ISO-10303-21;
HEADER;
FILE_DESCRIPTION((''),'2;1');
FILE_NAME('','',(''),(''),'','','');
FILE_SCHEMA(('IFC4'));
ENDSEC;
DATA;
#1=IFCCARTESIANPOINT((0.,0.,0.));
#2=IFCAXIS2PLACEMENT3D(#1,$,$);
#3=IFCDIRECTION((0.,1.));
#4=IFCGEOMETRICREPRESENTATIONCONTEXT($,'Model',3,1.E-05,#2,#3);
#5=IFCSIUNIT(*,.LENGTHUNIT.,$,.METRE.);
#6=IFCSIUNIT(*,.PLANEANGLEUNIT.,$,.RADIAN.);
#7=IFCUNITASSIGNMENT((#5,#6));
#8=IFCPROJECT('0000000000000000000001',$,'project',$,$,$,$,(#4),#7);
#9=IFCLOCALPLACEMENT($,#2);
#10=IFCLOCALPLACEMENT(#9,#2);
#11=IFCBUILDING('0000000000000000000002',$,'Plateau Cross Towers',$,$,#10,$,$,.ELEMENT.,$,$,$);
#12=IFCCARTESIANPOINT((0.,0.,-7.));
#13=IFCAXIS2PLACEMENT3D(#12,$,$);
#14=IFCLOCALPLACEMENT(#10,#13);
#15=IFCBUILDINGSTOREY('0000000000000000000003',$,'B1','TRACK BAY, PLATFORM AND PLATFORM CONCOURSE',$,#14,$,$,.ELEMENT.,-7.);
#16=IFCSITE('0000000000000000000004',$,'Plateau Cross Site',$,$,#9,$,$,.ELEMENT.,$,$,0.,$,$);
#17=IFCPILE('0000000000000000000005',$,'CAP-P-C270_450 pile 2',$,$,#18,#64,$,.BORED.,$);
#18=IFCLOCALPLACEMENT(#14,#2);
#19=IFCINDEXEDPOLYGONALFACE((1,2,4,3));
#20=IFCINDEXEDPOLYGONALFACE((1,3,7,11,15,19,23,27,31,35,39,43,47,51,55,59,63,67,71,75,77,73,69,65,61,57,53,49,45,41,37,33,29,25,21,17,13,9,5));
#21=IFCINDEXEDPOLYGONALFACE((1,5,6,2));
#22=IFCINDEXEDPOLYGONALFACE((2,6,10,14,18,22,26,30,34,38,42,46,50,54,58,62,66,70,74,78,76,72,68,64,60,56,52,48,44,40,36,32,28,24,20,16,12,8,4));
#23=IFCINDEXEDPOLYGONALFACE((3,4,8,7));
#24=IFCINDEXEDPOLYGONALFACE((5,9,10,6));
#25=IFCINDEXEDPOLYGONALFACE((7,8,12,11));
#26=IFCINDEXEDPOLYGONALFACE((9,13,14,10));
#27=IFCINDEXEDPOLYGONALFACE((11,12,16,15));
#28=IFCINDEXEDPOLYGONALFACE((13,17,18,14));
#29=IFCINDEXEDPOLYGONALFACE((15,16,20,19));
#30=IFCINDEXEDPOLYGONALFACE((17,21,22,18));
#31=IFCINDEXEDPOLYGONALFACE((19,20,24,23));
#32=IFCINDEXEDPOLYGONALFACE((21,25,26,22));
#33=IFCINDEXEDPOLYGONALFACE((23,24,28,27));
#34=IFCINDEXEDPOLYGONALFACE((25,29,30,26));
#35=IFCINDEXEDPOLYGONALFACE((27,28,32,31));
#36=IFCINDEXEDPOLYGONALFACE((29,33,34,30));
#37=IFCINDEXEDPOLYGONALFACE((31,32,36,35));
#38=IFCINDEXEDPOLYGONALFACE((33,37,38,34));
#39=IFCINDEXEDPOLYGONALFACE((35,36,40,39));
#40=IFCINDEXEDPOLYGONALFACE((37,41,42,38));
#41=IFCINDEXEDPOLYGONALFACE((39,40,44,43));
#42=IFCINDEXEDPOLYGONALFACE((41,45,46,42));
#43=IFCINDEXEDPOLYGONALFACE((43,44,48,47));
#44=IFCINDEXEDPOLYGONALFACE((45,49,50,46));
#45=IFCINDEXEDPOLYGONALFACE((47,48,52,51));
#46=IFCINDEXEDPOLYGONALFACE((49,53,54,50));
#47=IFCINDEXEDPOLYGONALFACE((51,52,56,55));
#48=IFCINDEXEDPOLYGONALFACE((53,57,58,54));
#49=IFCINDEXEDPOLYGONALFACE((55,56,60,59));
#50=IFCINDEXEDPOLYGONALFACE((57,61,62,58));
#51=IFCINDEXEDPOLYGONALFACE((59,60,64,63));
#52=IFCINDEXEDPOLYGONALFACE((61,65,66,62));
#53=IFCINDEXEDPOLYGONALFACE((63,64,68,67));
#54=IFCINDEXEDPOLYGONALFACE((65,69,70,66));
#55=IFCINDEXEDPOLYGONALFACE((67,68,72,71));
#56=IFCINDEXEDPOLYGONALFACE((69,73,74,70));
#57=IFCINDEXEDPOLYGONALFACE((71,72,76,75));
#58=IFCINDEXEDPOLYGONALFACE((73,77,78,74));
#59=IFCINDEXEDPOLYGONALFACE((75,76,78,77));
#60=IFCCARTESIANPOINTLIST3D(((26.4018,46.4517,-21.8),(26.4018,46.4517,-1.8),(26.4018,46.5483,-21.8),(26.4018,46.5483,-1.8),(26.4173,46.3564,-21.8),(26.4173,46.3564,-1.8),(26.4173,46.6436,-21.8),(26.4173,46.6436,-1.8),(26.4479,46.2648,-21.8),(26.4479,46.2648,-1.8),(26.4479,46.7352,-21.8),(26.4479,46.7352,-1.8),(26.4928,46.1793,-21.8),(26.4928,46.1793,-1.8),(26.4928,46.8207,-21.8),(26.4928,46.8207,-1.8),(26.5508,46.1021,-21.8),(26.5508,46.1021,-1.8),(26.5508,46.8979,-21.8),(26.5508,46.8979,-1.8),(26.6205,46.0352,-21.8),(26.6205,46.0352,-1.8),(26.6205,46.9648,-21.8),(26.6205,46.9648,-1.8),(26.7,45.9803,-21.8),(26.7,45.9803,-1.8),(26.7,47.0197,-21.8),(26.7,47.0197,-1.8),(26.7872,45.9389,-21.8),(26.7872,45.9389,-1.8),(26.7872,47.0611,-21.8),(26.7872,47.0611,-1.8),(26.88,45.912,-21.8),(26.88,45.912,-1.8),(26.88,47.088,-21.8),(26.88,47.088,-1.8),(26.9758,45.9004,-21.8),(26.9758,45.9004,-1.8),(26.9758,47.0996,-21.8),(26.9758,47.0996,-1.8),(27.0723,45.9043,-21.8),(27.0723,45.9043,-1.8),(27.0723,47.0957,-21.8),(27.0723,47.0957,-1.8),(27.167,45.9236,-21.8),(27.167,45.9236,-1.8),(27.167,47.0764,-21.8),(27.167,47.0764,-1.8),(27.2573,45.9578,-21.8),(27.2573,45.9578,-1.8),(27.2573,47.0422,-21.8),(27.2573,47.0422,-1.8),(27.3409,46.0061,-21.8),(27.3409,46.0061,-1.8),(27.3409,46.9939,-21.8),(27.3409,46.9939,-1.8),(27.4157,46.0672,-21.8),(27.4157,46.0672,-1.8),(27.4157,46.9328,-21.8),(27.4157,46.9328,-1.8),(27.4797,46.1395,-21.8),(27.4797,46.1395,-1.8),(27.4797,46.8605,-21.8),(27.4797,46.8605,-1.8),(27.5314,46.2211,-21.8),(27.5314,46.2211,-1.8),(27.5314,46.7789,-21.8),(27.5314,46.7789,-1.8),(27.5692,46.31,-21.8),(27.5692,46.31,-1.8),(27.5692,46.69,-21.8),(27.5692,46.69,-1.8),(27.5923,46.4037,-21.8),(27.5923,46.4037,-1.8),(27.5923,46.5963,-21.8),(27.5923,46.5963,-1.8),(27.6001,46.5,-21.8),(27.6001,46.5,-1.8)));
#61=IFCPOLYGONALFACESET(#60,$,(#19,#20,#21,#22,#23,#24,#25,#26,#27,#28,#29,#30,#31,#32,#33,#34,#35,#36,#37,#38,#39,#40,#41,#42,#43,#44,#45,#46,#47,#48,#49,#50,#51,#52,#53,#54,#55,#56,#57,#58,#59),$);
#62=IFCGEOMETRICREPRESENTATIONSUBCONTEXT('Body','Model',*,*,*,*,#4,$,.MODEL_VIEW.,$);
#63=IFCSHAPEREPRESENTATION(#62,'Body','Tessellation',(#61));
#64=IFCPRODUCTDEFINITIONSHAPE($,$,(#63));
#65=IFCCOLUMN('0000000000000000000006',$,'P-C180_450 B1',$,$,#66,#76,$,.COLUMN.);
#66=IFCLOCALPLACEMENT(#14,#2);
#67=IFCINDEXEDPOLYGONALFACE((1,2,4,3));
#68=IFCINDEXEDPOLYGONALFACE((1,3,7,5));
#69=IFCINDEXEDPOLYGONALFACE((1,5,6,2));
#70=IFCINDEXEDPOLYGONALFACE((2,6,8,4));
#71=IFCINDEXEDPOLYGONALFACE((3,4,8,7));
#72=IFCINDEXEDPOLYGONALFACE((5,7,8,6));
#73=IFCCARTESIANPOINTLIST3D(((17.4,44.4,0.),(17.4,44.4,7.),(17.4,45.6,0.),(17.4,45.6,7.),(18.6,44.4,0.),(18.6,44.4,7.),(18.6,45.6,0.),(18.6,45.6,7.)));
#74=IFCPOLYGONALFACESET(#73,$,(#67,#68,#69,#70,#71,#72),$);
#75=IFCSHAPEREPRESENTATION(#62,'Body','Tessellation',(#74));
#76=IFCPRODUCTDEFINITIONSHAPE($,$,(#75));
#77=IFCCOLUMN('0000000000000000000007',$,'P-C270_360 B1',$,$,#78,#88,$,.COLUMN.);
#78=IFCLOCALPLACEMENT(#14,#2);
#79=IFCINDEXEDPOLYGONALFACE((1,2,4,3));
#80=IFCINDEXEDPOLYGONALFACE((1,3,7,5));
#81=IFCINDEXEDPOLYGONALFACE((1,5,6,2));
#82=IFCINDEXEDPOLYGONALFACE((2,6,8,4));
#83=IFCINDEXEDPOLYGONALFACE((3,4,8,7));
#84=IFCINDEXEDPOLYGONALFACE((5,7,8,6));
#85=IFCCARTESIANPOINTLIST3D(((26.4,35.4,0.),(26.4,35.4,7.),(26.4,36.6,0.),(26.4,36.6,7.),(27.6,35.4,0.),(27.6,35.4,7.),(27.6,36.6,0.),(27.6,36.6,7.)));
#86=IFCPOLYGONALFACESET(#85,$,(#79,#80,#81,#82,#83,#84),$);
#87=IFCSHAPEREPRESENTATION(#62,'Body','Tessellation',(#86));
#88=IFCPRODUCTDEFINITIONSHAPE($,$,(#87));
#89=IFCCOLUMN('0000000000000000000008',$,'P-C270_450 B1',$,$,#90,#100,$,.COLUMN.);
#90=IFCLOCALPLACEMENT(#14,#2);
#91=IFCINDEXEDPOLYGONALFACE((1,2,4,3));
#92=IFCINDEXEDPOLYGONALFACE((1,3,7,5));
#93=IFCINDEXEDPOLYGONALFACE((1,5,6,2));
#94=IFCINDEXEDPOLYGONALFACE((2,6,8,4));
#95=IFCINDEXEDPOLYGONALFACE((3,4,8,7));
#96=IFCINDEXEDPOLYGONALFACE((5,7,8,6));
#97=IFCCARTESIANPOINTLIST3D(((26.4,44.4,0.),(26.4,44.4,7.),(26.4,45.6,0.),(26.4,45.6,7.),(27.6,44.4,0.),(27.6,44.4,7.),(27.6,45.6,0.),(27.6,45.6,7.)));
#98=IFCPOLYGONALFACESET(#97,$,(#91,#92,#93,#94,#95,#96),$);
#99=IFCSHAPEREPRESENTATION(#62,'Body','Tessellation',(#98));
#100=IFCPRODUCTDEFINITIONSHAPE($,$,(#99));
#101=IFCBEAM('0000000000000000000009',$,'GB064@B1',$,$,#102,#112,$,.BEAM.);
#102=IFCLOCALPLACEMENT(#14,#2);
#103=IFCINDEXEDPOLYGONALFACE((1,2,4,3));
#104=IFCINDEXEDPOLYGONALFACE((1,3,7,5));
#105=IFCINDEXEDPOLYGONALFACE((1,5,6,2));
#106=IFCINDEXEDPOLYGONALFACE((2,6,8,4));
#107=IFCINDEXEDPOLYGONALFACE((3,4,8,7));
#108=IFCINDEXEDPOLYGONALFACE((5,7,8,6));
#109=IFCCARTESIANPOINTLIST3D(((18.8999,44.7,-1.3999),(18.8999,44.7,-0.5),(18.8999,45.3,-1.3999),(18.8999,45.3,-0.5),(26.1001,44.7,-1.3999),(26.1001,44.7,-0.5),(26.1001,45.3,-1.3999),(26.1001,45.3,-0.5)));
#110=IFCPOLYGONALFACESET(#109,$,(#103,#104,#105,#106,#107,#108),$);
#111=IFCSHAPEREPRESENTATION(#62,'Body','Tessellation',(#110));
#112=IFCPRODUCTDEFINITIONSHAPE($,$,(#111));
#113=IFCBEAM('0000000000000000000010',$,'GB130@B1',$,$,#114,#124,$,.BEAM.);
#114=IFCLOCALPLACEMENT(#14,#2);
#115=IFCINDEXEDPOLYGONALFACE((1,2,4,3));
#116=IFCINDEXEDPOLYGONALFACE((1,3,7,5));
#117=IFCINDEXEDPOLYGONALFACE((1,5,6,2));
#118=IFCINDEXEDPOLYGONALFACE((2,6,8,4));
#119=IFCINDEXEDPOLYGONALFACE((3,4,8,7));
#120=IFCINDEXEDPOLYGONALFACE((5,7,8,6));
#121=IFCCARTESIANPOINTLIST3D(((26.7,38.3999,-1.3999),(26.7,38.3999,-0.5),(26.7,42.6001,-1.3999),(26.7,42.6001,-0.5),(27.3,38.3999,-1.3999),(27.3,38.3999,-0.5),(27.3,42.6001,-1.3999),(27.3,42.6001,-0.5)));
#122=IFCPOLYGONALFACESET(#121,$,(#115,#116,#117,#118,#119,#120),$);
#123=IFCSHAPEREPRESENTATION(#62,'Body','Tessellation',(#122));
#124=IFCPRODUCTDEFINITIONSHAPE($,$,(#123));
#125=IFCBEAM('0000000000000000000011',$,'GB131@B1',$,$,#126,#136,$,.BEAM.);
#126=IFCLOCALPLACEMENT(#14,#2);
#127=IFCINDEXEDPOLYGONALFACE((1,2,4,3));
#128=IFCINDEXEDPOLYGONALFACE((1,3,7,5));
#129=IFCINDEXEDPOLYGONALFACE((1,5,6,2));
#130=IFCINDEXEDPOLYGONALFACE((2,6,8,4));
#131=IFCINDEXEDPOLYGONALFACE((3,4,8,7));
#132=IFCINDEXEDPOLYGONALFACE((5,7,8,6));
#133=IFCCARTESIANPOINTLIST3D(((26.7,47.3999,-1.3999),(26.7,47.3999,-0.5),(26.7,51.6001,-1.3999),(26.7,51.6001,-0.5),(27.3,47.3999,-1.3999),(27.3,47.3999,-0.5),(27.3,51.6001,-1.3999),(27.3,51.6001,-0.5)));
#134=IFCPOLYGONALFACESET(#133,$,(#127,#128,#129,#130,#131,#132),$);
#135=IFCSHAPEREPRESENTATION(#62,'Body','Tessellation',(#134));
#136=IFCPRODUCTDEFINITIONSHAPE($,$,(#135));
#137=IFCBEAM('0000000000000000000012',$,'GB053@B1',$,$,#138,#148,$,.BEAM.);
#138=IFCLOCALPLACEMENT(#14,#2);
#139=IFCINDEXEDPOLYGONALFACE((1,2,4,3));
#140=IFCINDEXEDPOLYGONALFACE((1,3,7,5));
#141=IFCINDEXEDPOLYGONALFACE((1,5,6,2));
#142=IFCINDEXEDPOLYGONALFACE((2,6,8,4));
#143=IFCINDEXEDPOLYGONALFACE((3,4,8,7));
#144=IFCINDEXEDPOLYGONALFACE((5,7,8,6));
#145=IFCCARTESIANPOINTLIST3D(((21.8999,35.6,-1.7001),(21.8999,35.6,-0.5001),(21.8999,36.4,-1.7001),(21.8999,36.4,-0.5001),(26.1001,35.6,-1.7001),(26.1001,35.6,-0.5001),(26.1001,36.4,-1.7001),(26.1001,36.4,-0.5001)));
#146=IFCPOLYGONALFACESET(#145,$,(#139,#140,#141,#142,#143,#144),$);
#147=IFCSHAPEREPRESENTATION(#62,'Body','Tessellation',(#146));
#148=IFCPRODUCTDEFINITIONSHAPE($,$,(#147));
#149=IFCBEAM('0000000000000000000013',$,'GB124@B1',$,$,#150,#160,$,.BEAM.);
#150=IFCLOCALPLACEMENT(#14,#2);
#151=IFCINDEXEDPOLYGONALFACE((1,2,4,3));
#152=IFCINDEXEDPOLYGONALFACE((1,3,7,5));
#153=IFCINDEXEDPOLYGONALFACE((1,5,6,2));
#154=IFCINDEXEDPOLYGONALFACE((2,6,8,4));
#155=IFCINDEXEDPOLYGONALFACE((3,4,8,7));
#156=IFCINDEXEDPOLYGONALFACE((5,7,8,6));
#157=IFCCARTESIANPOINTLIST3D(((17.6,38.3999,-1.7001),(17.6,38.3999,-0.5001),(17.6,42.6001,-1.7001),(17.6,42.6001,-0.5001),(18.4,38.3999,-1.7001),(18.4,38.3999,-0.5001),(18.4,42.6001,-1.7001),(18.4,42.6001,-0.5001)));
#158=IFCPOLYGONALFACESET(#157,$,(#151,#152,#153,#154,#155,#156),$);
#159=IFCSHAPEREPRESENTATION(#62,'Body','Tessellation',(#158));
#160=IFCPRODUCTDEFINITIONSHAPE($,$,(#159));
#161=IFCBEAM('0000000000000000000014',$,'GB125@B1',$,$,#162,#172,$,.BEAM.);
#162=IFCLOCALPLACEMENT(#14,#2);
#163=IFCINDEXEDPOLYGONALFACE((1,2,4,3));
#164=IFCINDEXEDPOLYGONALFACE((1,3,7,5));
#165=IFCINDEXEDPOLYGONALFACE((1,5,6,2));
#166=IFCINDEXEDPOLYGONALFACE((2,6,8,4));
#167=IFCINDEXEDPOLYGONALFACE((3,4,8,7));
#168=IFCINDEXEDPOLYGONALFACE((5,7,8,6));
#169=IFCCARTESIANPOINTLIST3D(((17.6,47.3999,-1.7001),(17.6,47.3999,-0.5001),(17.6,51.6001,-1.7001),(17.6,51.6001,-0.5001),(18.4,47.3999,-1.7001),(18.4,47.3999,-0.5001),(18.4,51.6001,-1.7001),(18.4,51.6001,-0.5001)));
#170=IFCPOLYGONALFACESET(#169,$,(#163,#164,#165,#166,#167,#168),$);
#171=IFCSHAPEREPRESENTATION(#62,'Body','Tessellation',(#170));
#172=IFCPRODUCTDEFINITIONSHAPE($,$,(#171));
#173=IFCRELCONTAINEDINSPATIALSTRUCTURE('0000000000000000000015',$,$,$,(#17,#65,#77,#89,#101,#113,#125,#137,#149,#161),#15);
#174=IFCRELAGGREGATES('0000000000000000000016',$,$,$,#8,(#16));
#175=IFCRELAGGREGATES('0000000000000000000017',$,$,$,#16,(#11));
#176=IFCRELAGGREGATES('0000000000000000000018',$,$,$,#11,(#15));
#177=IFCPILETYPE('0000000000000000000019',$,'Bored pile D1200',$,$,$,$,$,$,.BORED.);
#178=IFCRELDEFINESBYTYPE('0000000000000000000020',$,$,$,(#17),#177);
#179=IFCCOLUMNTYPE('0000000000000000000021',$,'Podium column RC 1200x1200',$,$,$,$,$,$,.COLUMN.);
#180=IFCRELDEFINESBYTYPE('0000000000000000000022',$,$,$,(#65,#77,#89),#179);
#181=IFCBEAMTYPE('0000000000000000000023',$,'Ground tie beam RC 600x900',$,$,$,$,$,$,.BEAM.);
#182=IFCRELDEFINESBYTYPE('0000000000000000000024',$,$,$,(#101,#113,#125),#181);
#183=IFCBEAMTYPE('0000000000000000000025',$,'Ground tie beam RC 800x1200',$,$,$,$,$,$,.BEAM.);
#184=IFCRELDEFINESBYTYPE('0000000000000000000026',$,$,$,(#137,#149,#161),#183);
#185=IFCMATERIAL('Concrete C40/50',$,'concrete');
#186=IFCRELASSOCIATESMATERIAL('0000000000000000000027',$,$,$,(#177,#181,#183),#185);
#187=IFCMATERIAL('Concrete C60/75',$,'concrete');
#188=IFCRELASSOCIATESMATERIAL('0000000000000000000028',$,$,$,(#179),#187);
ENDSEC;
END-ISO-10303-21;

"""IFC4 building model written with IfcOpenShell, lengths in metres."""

from ifc_helpers import new_model, si_unit, direction, frame, origin, origin_2d, place, context, subcontext, project, spatial, rectangle, circle, extrude, material, material_profile, profile_set, type_object, element, save


model = new_model("IFC4")

# Units and contexts
model_context = context("Model", 3, precision=1e-05, world=origin(), true_north=direction((0.0, 1.0)))
body_context = subcontext(model_context, "Body", "Model", "MODEL_VIEW")
ifc_project = project(units=[si_unit("LENGTHUNIT", "METRE"), si_unit("PLANEANGLEUNIT", "RADIAN")], contexts=[model_context])

# Site, building, storey
site_placement = place(None, origin())
site = spatial("IfcSite", under=ifc_project, at=site_placement, Name="Plateau Cross Site", CompositionType="ELEMENT", RefElevation=0.0)
building_placement = place(site_placement, origin())
building = spatial("IfcBuilding", under=site, at=building_placement, Name="Plateau Cross Towers", CompositionType="ELEMENT")
storey_placement = place(building_placement, frame((0.0, 0.0, -7.0)))
storey = spatial("IfcBuildingStorey", under=building, at=storey_placement, Name="B1", Description="TRACK BAY, PLATFORM AND PLATFORM CONCOURSE", CompositionType="ELEMENT", Elevation=-7.0)

# Pile
ifc_material_1 = material(Name="Concrete C40/50", Category="concrete")
ifc_material_profile_1 = material_profile(ifc_material_1, circle(Radius=0.6001, at=origin_2d()), Name="Bored pile D1200")
ifc_profile_set_1 = profile_set([ifc_material_profile_1], Name="Concrete C40/50")
pile_type = type_object("IfcPileType", Name="Bored pile D1200", PredefinedType="BORED", material=ifc_profile_set_1)
for number, where, z_axis, x_axis, name in (
    (1, (27.0, 46.5, -1.8), (0.0, 0.0, -1.0), (1.0, 0.0, 0.0), "CAP-P-C270_450 pile 2"),
):
    element("IfcPile", number, at=place(storey_placement, frame(where, z_axis=z_axis, x_axis=x_axis)), inside=storey, type_object=pile_type, Name=name, PredefinedType="BORED", context=body_context, shape_type="SweptSolid", body=[
        extrude(circle(Radius=0.6001, at=origin_2d()), origin(), (0.0, 0.0, 1.0), 20.0),
    ])

# Columns
ifc_material_2 = material(Name="Concrete C60/75", Category="concrete")
ifc_material_profile_2 = material_profile(ifc_material_2, rectangle(XDim=1.2, YDim=1.2, at=origin_2d()), Name="RC 1200x1200")
ifc_profile_set_2 = profile_set([ifc_material_profile_2], Name="Concrete C60/75")
column_type = type_object("IfcColumnType", Name="Podium column RC 1200x1200", PredefinedType="COLUMN", material=ifc_profile_set_2)
for number, where, z_axis, x_axis, name in (
    (2, (18.0, 45.0, 0.0), (0.0, 0.0, 1.0), (1.0, 0.0, 0.0), "P-C180_450 B1"),
    (3, (27.0, 36.0, 0.0), (0.0, 0.0, 1.0), (1.0, 0.0, 0.0), "P-C270_360 B1"),
    (4, (27.0, 45.0, 0.0), (0.0, 0.0, 1.0), (1.0, 0.0, 0.0), "P-C270_450 B1"),
):
    element("IfcColumn", number, at=place(storey_placement, frame(where, z_axis=z_axis, x_axis=x_axis)), inside=storey, type_object=column_type, Name=name, PredefinedType="COLUMN", context=body_context, shape_type="SweptSolid", body=[
        extrude(rectangle(XDim=1.2, YDim=1.2, at=origin_2d()), origin(), (0.0, 0.0, 1.0), 7.0),
    ])

# Beams
ifc_material_profile_3 = material_profile(ifc_material_1, rectangle(XDim=0.6001, YDim=0.8999, at=origin_2d()), Name="RC 600x900")
ifc_profile_set_3 = profile_set([ifc_material_profile_3], Name="Concrete C40/50")
beam_type_1 = type_object("IfcBeamType", Name="Ground tie beam RC 600x900", PredefinedType="BEAM", material=ifc_profile_set_3)
beam_placement = place(storey_placement, frame((18.8999, 45.0, -0.95), z_axis=(1.0, 0.0, 0.0), x_axis=(0.0, 1.0, 0.0)))
element("IfcBeam", 5, at=beam_placement, inside=storey, type_object=beam_type_1, Name="GB064@B1", PredefinedType="BEAM", context=body_context, shape_type="SweptSolid", body=[
    extrude(rectangle(XDim=0.6001, YDim=0.8999, at=origin_2d()), origin(), (0.0, 0.0, 1.0), 7.2002),
])
for number, where, z_axis, x_axis, name in (
    (6, (27.0, 38.3999, -0.95), (0.0, 1.0, 0.0), (-1.0, 0.0, 0.0), "GB130@B1"),
    (7, (27.0, 47.3999, -0.95), (0.0, 1.0, 0.0), (-1.0, 0.0, 0.0), "GB131@B1"),
):
    element("IfcBeam", number, at=place(storey_placement, frame(where, z_axis=z_axis, x_axis=x_axis)), inside=storey, type_object=beam_type_1, Name=name, PredefinedType="BEAM", context=body_context, shape_type="SweptSolid", body=[
        extrude(rectangle(XDim=0.6001, YDim=0.8999, at=origin_2d()), origin(), (0.0, 0.0, 1.0), 4.2002),
    ])
ifc_material_profile_4 = material_profile(ifc_material_1, rectangle(XDim=0.8, YDim=1.2, at=origin_2d()), Name="RC 800x1200")
ifc_profile_set_4 = profile_set([ifc_material_profile_4], Name="Concrete C40/50")
beam_type_2 = type_object("IfcBeamType", Name="Ground tie beam RC 800x1200", PredefinedType="BEAM", material=ifc_profile_set_4)
for number, where, z_axis, x_axis, name in (
    (8, (21.8999, 36.0, -1.1001), (1.0, 0.0, 0.0), (0.0, 1.0, 0.0), "GB053@B1"),
    (9, (18.0, 38.3999, -1.1001), (0.0, 1.0, 0.0), (-1.0, 0.0, 0.0), "GB124@B1"),
    (10, (18.0, 47.3999, -1.1001), (0.0, 1.0, 0.0), (-1.0, 0.0, 0.0), "GB125@B1"),
):
    element("IfcBeam", number, at=place(storey_placement, frame(where, z_axis=z_axis, x_axis=x_axis)), inside=storey, type_object=beam_type_2, Name=name, PredefinedType="BEAM", context=body_context, shape_type="SweptSolid", body=[
        extrude(rectangle(XDim=0.8, YDim=1.2, at=origin_2d()), origin(), (0.0, 0.0, 1.0), 4.2002),
    ])

save(model, "model.ifc")
